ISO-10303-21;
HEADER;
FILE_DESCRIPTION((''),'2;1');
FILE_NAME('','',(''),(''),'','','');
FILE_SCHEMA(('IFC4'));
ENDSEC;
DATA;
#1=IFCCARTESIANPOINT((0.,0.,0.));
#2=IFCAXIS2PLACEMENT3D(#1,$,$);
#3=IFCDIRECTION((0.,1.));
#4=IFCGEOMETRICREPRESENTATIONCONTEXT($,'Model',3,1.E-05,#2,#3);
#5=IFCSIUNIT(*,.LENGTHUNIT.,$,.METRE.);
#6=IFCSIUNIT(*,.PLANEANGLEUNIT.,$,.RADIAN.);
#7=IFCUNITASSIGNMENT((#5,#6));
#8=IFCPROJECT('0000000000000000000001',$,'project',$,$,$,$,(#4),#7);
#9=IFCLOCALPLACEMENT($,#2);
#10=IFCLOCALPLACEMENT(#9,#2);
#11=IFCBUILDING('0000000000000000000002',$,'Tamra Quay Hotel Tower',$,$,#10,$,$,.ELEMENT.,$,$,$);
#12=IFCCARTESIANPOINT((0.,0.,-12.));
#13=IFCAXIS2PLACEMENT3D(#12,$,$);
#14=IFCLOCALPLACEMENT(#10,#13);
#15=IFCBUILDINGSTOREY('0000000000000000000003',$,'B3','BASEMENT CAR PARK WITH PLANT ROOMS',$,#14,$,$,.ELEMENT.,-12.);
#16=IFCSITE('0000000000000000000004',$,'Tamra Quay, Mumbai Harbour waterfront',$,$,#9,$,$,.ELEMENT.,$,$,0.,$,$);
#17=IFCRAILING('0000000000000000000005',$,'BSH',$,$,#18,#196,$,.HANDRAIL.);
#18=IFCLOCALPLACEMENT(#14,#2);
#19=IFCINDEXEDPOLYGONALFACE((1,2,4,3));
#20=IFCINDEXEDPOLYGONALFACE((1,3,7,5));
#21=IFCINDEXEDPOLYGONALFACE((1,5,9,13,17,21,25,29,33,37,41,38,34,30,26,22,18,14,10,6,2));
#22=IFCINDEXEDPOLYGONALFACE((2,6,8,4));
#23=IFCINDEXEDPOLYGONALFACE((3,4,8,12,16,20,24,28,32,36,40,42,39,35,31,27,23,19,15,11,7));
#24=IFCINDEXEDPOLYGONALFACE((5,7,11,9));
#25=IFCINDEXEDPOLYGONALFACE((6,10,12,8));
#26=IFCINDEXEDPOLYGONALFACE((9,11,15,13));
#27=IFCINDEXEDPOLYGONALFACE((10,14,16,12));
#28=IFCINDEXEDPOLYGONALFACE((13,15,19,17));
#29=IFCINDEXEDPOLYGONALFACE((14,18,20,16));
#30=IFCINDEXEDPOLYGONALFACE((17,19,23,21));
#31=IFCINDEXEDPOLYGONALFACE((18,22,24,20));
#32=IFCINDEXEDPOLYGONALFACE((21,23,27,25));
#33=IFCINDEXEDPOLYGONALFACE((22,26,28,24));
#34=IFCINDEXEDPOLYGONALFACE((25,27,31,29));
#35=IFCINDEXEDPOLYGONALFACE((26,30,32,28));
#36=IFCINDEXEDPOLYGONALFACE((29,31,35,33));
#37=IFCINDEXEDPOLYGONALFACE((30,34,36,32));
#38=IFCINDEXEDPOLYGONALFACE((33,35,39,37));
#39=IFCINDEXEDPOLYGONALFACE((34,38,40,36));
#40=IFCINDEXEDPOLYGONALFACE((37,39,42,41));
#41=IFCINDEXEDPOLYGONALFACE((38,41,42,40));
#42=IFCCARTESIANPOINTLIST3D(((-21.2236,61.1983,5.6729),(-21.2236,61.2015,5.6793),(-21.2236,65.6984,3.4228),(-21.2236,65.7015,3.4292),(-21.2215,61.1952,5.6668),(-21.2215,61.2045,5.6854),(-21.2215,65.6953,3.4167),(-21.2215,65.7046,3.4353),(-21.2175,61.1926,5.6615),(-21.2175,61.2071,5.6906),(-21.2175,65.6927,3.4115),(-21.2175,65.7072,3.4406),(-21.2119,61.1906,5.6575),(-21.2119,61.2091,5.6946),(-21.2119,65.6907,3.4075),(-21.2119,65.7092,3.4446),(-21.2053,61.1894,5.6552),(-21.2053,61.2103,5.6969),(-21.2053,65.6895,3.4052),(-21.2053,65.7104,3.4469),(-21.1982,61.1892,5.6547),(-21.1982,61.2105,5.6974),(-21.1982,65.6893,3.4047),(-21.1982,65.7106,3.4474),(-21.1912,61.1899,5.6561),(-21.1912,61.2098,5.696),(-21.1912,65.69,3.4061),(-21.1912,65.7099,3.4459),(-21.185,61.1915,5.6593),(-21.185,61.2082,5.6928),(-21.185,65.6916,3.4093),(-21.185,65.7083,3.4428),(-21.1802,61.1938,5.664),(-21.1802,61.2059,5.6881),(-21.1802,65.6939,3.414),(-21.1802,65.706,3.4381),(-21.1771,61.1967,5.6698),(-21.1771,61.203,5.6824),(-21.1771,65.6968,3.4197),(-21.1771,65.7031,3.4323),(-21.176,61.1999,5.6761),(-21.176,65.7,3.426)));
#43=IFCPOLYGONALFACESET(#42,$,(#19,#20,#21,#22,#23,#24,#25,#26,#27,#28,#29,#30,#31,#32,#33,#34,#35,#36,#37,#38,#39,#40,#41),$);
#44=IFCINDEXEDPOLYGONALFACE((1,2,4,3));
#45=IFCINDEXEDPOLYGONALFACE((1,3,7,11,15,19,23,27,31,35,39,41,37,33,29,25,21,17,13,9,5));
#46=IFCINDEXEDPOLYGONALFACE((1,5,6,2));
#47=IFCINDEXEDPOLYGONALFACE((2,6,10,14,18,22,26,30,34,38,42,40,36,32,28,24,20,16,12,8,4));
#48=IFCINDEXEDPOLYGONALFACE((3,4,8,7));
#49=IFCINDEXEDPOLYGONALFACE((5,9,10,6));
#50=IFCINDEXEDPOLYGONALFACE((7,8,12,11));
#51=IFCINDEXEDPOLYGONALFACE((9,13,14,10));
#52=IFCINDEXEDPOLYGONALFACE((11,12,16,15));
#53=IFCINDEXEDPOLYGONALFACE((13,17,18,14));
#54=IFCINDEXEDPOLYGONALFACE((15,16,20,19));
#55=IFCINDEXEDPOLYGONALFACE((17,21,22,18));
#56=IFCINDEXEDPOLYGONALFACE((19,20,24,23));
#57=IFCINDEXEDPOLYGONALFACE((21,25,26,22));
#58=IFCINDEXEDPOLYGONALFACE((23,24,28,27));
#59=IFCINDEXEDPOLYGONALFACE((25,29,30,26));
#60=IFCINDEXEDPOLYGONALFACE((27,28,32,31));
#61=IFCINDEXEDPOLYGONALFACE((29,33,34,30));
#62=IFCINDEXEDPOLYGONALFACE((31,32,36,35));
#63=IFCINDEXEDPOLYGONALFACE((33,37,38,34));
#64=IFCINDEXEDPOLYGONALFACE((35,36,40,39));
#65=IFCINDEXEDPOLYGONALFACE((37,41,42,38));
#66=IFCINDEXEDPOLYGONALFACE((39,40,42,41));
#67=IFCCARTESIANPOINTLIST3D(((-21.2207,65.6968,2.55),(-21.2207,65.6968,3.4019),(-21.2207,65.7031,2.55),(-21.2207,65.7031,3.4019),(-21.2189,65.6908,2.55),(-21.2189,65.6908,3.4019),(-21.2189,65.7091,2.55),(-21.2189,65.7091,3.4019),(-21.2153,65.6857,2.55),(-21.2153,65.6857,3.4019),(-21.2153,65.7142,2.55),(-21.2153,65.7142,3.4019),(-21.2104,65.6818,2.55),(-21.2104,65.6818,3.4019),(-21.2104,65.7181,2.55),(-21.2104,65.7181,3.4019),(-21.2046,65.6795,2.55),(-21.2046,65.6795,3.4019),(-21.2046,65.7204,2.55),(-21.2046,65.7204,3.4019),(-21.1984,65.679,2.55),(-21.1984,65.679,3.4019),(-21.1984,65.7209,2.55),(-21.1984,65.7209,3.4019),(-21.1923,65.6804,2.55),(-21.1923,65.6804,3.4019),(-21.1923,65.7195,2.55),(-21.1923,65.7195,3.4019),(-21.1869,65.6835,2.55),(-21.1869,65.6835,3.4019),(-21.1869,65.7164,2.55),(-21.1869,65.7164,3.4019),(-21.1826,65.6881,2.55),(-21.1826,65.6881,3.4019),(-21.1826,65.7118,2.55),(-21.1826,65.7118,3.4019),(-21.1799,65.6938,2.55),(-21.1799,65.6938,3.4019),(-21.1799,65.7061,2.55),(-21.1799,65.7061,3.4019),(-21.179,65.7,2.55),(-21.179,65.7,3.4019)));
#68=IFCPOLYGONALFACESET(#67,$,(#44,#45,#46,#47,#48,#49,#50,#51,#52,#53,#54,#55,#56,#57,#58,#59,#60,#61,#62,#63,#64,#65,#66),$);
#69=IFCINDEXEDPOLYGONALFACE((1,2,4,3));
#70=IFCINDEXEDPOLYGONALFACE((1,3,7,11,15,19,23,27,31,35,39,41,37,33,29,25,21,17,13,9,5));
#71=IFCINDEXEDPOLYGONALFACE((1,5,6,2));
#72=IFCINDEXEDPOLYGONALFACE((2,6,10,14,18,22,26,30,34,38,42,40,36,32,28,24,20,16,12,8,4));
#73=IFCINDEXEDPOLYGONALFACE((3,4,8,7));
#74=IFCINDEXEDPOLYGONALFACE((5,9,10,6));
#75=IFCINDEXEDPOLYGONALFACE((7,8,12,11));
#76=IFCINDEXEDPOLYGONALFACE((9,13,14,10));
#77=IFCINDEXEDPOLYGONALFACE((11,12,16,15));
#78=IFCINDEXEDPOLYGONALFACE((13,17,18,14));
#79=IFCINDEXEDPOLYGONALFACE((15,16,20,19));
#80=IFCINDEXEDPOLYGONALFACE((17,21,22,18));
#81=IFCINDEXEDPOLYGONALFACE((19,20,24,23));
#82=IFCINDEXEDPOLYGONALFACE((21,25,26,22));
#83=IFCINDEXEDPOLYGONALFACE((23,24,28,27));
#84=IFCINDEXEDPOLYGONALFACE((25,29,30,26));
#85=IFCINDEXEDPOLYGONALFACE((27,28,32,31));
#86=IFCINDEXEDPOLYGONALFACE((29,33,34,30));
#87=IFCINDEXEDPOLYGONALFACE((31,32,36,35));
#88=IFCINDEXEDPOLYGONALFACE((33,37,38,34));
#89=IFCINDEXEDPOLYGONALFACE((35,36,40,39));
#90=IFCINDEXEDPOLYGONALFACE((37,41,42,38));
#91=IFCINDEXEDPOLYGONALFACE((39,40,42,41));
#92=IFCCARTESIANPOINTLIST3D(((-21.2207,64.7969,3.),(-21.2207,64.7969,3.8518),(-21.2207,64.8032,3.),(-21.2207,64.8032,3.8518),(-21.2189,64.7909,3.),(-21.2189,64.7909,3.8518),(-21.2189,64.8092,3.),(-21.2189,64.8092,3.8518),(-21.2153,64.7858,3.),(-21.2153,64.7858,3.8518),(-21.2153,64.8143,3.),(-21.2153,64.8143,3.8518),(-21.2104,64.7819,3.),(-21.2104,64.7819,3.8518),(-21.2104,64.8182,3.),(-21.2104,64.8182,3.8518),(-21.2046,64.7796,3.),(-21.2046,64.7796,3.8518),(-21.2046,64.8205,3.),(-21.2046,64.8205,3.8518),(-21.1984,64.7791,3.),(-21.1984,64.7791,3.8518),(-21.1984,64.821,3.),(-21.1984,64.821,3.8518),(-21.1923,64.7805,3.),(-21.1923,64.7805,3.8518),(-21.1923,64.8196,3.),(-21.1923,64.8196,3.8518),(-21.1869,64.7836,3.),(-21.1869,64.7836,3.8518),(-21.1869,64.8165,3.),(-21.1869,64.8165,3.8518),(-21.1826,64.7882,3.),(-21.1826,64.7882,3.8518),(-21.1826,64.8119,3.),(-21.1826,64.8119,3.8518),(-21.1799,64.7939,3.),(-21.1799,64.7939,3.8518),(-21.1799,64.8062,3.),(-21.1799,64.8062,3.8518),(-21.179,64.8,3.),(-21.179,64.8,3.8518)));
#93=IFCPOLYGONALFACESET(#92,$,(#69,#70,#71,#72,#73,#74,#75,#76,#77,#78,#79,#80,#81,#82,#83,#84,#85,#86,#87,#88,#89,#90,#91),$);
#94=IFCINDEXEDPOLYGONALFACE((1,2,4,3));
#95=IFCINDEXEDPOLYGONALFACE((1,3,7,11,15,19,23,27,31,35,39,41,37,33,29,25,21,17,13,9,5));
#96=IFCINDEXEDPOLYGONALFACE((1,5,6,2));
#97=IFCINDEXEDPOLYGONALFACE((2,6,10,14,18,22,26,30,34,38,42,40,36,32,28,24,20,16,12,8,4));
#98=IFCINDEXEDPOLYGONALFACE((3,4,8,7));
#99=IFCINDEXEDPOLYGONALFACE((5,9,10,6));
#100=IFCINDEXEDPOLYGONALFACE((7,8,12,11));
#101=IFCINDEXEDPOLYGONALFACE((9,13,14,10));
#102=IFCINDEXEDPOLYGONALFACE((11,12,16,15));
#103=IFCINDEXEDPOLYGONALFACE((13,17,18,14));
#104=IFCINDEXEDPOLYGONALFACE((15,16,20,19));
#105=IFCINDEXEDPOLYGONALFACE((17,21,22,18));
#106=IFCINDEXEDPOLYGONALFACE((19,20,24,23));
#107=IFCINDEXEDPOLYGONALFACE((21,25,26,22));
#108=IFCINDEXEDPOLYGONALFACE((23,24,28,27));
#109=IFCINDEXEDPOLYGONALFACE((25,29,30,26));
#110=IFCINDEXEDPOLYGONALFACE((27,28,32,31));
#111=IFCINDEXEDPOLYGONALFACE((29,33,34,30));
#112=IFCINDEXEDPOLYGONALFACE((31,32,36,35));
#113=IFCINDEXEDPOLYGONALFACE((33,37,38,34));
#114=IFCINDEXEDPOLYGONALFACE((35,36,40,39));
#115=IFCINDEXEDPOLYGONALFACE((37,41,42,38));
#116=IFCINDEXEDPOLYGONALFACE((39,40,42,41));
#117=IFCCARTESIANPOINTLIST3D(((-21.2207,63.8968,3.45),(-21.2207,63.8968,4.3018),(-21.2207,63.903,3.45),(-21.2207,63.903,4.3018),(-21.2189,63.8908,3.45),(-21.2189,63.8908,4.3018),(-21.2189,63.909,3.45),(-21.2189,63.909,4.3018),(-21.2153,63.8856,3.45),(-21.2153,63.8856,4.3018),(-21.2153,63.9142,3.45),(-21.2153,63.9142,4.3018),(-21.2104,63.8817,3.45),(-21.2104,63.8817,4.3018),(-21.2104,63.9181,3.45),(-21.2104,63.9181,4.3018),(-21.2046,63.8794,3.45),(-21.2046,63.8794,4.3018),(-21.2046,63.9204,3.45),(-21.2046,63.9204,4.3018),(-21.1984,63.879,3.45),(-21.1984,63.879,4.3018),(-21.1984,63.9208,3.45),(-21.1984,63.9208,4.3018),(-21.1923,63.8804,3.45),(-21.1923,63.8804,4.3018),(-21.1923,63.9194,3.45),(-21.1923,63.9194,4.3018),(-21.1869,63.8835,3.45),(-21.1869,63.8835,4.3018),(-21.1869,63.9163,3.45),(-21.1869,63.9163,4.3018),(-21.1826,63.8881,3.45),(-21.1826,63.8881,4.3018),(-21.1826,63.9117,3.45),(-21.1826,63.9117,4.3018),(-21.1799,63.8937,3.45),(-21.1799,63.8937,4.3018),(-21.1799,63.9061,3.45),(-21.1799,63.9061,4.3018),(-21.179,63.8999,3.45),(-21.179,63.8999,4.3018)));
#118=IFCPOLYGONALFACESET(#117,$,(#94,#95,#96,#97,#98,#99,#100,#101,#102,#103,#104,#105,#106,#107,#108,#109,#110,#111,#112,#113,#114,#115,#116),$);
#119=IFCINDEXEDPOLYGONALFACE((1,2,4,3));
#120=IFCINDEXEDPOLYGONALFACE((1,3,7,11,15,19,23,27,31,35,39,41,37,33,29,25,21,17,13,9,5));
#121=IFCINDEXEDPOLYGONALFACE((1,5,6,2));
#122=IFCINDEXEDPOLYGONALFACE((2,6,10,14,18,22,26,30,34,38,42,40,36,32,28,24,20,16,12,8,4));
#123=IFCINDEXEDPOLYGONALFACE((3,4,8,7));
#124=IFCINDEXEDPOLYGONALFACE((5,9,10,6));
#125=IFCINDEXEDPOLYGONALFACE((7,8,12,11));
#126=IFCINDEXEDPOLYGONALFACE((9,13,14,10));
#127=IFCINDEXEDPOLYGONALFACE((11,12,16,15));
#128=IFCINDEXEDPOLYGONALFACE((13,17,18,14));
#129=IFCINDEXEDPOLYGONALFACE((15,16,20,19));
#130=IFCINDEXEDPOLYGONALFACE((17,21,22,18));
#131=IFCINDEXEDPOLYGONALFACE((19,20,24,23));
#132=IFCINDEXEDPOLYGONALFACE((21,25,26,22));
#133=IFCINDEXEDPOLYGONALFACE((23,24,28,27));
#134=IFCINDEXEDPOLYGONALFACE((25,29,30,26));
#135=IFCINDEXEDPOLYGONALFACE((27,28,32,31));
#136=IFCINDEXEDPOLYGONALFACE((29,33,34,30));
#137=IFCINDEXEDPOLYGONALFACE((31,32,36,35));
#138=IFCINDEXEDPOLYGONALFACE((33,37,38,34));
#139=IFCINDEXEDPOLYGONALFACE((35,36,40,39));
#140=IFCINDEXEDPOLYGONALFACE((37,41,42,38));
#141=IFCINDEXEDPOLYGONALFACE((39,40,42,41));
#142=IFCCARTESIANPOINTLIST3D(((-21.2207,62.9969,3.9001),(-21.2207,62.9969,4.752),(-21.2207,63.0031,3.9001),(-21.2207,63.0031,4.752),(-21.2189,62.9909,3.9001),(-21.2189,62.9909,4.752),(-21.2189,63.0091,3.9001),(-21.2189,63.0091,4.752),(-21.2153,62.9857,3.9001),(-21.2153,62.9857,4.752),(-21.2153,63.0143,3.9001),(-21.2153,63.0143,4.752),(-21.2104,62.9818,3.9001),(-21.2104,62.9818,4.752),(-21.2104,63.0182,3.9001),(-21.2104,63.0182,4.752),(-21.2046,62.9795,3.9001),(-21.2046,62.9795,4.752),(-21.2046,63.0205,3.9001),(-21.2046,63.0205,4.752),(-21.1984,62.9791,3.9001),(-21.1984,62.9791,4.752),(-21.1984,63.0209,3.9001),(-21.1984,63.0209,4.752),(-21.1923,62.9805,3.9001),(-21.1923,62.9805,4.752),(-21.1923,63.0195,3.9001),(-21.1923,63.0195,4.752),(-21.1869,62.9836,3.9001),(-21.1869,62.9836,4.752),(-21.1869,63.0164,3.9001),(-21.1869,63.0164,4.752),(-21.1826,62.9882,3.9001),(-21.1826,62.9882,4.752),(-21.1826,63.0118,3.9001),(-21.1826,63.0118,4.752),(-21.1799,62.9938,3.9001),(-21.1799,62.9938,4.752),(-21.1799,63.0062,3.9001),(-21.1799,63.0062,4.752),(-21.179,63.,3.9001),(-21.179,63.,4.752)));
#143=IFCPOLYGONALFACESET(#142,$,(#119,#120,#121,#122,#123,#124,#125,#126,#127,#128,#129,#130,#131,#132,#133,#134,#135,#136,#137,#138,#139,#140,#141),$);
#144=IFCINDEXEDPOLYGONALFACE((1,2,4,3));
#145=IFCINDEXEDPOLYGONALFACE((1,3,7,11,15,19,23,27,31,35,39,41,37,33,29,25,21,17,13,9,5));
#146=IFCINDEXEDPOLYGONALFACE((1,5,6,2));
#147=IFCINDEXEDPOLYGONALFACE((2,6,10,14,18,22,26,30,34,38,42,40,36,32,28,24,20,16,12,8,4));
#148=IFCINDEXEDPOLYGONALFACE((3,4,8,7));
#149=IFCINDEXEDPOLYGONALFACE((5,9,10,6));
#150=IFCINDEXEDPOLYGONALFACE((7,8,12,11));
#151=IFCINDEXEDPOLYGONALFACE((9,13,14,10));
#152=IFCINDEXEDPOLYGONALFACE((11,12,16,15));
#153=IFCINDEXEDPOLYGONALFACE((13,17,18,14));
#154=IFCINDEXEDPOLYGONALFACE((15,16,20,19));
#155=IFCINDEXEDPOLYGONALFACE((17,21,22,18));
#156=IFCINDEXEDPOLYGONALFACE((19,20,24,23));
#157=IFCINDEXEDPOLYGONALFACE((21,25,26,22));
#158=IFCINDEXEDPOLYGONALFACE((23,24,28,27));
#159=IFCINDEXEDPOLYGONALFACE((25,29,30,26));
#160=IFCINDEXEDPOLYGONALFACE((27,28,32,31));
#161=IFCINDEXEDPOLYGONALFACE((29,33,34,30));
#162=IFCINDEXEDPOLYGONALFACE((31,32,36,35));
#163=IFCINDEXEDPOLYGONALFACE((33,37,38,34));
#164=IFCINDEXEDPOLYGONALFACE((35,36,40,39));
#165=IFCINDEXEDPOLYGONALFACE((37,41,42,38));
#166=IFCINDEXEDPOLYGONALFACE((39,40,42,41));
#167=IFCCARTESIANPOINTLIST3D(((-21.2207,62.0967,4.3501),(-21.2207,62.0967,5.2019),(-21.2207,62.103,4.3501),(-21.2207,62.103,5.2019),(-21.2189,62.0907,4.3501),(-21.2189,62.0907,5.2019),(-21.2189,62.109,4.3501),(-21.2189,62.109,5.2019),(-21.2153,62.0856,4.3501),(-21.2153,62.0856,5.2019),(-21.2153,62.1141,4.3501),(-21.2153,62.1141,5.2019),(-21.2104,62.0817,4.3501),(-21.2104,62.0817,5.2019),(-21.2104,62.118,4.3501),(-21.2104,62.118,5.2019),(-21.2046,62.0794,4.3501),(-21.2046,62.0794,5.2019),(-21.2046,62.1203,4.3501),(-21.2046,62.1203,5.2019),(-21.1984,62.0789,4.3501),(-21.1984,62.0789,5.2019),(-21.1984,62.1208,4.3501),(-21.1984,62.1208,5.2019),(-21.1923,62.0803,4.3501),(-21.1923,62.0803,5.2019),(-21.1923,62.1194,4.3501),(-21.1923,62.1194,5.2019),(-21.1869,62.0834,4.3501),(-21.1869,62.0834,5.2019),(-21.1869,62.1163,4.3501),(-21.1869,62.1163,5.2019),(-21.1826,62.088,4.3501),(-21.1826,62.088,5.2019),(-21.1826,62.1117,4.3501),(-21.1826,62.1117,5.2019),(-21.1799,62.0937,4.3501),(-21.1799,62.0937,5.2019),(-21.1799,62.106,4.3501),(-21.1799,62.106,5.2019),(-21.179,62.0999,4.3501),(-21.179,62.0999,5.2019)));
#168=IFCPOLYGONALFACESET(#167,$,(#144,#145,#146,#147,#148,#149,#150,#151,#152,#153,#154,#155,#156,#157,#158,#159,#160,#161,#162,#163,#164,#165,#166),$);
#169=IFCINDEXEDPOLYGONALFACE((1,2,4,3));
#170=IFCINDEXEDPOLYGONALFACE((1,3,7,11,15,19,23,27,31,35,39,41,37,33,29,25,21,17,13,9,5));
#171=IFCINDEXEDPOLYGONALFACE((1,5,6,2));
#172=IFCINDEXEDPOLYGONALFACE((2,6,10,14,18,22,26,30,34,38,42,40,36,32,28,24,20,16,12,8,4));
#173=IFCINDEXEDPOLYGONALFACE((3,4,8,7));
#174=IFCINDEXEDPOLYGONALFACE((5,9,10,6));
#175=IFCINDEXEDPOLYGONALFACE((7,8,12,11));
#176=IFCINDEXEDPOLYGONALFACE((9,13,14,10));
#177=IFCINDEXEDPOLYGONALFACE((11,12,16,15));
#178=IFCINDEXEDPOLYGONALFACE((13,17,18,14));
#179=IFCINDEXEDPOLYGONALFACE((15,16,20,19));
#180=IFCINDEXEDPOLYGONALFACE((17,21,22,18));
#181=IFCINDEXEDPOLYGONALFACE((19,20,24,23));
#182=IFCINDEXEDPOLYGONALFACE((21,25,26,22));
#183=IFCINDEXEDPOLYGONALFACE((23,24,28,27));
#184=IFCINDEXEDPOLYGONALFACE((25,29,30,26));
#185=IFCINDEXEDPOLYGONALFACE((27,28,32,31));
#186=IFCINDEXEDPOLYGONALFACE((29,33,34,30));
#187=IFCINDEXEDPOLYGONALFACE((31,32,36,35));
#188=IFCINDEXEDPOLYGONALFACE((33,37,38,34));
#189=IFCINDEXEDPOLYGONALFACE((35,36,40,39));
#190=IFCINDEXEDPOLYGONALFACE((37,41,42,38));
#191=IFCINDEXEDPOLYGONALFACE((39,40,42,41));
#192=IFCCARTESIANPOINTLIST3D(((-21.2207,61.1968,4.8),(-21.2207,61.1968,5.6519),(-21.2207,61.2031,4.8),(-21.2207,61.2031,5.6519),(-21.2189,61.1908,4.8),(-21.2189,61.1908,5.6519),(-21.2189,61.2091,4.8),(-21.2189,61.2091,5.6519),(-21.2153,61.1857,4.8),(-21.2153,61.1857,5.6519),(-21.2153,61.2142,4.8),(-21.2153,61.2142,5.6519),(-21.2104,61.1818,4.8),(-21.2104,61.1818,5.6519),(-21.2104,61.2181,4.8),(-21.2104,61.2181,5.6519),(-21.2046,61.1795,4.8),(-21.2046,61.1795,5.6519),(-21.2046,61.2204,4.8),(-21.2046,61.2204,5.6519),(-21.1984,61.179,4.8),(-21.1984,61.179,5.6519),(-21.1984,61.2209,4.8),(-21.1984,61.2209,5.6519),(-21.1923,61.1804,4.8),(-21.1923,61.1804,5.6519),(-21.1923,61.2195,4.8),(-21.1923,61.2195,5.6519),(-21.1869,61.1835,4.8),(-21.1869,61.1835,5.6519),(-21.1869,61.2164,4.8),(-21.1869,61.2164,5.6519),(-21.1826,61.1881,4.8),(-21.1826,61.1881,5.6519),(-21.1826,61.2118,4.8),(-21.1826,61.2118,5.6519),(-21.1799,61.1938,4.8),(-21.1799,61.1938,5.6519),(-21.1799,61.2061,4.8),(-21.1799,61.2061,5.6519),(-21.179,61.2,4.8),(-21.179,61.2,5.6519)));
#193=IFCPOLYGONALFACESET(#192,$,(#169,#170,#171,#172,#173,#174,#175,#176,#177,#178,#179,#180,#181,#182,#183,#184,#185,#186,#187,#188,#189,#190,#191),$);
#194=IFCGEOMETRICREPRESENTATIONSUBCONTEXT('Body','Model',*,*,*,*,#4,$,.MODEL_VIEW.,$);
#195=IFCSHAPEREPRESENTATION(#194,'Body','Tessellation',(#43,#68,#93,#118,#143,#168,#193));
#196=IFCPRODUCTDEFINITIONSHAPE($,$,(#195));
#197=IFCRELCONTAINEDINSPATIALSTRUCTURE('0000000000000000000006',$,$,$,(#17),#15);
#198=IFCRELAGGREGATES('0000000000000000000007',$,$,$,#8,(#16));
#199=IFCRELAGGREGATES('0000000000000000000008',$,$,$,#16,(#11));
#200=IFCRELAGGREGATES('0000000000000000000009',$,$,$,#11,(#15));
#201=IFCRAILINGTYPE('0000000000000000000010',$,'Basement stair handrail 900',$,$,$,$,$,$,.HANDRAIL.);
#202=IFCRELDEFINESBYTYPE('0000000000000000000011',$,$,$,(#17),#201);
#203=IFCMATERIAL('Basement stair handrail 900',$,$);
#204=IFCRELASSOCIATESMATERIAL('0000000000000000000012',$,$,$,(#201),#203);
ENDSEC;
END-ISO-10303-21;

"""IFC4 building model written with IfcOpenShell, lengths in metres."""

from ifc_helpers import new_model, si_unit, direction, frame, origin, origin_2d, place, context, subcontext, project, spatial, circle, extrude, material, type_object, element, save


model = new_model("IFC4")

# Units and contexts
model_context = context("Model", 3, precision=1e-05, world=origin(), true_north=direction((0.0, 1.0)))
body_context = subcontext(model_context, "Body", "Model", "MODEL_VIEW")
ifc_project = project(units=[si_unit("LENGTHUNIT", "METRE"), si_unit("PLANEANGLEUNIT", "RADIAN")], contexts=[model_context])

# Site, building, storey
site_placement = place(None, origin())
site = spatial("IfcSite", under=ifc_project, at=site_placement, Name="Tamra Quay, Mumbai Harbour waterfront", CompositionType="ELEMENT", RefElevation=0.0)
building_placement = place(site_placement, origin())
building = spatial("IfcBuilding", under=site, at=building_placement, Name="Tamra Quay Hotel Tower", CompositionType="ELEMENT")
storey_placement = place(building_placement, frame((0.0, 0.0, -12.0)))
storey = spatial("IfcBuildingStorey", under=building, at=storey_placement, Name="B3", Description="BASEMENT CAR PARK WITH PLANT ROOMS", CompositionType="ELEMENT", Elevation=-12.0)

# Railing
ifc_material_1 = material(Name="Basement stair handrail 900")
railing_type_1 = type_object("IfcRailingType", Name="Basement stair handrail 900", PredefinedType="HANDRAIL", material=ifc_material_1)
railing_1_placement = place(storey_placement, frame((-21.2, 65.7, 2.55)))
element("IfcRailing", 1, at=railing_1_placement, inside=storey, type_object=railing_type_1, Name="BSH", PredefinedType="HANDRAIL", context=body_context, shape_type="SweptSolid", body=[
    extrude(circle(Radius=0.0239, at=origin_2d()), frame((0.0, 0.0, 0.876), z_axis=(0.0, -0.894427, 0.447214), x_axis=(1.0, 0.0, 0.0)), (0.0, 0.0, 1.0), 5.0312),
    extrude(circle(Radius=0.021, at=origin_2d()), origin(), (0.0, 0.0, 1.0), 0.8518),
    extrude(circle(Radius=0.021, at=origin_2d()), frame((0.0, -0.8999, 0.45)), (0.0, 0.0, 1.0), 0.8518),
    extrude(circle(Radius=0.021, at=origin_2d()), frame((0.0, -1.8, 0.8999)), (0.0, 0.0, 1.0), 0.8518),
    extrude(circle(Radius=0.021, at=origin_2d()), frame((0.0, -2.7, 1.3501)), (0.0, 0.0, 1.0), 0.8518),
    extrude(circle(Radius=0.021, at=origin_2d()), frame((0.0, -3.6001, 1.8)), (0.0, 0.0, 1.0), 0.8518),
    extrude(circle(Radius=0.021, at=origin_2d()), frame((0.0, -4.5, 2.25)), (0.0, 0.0, 1.0), 0.8518),
])

save(model, "model.ifc")
